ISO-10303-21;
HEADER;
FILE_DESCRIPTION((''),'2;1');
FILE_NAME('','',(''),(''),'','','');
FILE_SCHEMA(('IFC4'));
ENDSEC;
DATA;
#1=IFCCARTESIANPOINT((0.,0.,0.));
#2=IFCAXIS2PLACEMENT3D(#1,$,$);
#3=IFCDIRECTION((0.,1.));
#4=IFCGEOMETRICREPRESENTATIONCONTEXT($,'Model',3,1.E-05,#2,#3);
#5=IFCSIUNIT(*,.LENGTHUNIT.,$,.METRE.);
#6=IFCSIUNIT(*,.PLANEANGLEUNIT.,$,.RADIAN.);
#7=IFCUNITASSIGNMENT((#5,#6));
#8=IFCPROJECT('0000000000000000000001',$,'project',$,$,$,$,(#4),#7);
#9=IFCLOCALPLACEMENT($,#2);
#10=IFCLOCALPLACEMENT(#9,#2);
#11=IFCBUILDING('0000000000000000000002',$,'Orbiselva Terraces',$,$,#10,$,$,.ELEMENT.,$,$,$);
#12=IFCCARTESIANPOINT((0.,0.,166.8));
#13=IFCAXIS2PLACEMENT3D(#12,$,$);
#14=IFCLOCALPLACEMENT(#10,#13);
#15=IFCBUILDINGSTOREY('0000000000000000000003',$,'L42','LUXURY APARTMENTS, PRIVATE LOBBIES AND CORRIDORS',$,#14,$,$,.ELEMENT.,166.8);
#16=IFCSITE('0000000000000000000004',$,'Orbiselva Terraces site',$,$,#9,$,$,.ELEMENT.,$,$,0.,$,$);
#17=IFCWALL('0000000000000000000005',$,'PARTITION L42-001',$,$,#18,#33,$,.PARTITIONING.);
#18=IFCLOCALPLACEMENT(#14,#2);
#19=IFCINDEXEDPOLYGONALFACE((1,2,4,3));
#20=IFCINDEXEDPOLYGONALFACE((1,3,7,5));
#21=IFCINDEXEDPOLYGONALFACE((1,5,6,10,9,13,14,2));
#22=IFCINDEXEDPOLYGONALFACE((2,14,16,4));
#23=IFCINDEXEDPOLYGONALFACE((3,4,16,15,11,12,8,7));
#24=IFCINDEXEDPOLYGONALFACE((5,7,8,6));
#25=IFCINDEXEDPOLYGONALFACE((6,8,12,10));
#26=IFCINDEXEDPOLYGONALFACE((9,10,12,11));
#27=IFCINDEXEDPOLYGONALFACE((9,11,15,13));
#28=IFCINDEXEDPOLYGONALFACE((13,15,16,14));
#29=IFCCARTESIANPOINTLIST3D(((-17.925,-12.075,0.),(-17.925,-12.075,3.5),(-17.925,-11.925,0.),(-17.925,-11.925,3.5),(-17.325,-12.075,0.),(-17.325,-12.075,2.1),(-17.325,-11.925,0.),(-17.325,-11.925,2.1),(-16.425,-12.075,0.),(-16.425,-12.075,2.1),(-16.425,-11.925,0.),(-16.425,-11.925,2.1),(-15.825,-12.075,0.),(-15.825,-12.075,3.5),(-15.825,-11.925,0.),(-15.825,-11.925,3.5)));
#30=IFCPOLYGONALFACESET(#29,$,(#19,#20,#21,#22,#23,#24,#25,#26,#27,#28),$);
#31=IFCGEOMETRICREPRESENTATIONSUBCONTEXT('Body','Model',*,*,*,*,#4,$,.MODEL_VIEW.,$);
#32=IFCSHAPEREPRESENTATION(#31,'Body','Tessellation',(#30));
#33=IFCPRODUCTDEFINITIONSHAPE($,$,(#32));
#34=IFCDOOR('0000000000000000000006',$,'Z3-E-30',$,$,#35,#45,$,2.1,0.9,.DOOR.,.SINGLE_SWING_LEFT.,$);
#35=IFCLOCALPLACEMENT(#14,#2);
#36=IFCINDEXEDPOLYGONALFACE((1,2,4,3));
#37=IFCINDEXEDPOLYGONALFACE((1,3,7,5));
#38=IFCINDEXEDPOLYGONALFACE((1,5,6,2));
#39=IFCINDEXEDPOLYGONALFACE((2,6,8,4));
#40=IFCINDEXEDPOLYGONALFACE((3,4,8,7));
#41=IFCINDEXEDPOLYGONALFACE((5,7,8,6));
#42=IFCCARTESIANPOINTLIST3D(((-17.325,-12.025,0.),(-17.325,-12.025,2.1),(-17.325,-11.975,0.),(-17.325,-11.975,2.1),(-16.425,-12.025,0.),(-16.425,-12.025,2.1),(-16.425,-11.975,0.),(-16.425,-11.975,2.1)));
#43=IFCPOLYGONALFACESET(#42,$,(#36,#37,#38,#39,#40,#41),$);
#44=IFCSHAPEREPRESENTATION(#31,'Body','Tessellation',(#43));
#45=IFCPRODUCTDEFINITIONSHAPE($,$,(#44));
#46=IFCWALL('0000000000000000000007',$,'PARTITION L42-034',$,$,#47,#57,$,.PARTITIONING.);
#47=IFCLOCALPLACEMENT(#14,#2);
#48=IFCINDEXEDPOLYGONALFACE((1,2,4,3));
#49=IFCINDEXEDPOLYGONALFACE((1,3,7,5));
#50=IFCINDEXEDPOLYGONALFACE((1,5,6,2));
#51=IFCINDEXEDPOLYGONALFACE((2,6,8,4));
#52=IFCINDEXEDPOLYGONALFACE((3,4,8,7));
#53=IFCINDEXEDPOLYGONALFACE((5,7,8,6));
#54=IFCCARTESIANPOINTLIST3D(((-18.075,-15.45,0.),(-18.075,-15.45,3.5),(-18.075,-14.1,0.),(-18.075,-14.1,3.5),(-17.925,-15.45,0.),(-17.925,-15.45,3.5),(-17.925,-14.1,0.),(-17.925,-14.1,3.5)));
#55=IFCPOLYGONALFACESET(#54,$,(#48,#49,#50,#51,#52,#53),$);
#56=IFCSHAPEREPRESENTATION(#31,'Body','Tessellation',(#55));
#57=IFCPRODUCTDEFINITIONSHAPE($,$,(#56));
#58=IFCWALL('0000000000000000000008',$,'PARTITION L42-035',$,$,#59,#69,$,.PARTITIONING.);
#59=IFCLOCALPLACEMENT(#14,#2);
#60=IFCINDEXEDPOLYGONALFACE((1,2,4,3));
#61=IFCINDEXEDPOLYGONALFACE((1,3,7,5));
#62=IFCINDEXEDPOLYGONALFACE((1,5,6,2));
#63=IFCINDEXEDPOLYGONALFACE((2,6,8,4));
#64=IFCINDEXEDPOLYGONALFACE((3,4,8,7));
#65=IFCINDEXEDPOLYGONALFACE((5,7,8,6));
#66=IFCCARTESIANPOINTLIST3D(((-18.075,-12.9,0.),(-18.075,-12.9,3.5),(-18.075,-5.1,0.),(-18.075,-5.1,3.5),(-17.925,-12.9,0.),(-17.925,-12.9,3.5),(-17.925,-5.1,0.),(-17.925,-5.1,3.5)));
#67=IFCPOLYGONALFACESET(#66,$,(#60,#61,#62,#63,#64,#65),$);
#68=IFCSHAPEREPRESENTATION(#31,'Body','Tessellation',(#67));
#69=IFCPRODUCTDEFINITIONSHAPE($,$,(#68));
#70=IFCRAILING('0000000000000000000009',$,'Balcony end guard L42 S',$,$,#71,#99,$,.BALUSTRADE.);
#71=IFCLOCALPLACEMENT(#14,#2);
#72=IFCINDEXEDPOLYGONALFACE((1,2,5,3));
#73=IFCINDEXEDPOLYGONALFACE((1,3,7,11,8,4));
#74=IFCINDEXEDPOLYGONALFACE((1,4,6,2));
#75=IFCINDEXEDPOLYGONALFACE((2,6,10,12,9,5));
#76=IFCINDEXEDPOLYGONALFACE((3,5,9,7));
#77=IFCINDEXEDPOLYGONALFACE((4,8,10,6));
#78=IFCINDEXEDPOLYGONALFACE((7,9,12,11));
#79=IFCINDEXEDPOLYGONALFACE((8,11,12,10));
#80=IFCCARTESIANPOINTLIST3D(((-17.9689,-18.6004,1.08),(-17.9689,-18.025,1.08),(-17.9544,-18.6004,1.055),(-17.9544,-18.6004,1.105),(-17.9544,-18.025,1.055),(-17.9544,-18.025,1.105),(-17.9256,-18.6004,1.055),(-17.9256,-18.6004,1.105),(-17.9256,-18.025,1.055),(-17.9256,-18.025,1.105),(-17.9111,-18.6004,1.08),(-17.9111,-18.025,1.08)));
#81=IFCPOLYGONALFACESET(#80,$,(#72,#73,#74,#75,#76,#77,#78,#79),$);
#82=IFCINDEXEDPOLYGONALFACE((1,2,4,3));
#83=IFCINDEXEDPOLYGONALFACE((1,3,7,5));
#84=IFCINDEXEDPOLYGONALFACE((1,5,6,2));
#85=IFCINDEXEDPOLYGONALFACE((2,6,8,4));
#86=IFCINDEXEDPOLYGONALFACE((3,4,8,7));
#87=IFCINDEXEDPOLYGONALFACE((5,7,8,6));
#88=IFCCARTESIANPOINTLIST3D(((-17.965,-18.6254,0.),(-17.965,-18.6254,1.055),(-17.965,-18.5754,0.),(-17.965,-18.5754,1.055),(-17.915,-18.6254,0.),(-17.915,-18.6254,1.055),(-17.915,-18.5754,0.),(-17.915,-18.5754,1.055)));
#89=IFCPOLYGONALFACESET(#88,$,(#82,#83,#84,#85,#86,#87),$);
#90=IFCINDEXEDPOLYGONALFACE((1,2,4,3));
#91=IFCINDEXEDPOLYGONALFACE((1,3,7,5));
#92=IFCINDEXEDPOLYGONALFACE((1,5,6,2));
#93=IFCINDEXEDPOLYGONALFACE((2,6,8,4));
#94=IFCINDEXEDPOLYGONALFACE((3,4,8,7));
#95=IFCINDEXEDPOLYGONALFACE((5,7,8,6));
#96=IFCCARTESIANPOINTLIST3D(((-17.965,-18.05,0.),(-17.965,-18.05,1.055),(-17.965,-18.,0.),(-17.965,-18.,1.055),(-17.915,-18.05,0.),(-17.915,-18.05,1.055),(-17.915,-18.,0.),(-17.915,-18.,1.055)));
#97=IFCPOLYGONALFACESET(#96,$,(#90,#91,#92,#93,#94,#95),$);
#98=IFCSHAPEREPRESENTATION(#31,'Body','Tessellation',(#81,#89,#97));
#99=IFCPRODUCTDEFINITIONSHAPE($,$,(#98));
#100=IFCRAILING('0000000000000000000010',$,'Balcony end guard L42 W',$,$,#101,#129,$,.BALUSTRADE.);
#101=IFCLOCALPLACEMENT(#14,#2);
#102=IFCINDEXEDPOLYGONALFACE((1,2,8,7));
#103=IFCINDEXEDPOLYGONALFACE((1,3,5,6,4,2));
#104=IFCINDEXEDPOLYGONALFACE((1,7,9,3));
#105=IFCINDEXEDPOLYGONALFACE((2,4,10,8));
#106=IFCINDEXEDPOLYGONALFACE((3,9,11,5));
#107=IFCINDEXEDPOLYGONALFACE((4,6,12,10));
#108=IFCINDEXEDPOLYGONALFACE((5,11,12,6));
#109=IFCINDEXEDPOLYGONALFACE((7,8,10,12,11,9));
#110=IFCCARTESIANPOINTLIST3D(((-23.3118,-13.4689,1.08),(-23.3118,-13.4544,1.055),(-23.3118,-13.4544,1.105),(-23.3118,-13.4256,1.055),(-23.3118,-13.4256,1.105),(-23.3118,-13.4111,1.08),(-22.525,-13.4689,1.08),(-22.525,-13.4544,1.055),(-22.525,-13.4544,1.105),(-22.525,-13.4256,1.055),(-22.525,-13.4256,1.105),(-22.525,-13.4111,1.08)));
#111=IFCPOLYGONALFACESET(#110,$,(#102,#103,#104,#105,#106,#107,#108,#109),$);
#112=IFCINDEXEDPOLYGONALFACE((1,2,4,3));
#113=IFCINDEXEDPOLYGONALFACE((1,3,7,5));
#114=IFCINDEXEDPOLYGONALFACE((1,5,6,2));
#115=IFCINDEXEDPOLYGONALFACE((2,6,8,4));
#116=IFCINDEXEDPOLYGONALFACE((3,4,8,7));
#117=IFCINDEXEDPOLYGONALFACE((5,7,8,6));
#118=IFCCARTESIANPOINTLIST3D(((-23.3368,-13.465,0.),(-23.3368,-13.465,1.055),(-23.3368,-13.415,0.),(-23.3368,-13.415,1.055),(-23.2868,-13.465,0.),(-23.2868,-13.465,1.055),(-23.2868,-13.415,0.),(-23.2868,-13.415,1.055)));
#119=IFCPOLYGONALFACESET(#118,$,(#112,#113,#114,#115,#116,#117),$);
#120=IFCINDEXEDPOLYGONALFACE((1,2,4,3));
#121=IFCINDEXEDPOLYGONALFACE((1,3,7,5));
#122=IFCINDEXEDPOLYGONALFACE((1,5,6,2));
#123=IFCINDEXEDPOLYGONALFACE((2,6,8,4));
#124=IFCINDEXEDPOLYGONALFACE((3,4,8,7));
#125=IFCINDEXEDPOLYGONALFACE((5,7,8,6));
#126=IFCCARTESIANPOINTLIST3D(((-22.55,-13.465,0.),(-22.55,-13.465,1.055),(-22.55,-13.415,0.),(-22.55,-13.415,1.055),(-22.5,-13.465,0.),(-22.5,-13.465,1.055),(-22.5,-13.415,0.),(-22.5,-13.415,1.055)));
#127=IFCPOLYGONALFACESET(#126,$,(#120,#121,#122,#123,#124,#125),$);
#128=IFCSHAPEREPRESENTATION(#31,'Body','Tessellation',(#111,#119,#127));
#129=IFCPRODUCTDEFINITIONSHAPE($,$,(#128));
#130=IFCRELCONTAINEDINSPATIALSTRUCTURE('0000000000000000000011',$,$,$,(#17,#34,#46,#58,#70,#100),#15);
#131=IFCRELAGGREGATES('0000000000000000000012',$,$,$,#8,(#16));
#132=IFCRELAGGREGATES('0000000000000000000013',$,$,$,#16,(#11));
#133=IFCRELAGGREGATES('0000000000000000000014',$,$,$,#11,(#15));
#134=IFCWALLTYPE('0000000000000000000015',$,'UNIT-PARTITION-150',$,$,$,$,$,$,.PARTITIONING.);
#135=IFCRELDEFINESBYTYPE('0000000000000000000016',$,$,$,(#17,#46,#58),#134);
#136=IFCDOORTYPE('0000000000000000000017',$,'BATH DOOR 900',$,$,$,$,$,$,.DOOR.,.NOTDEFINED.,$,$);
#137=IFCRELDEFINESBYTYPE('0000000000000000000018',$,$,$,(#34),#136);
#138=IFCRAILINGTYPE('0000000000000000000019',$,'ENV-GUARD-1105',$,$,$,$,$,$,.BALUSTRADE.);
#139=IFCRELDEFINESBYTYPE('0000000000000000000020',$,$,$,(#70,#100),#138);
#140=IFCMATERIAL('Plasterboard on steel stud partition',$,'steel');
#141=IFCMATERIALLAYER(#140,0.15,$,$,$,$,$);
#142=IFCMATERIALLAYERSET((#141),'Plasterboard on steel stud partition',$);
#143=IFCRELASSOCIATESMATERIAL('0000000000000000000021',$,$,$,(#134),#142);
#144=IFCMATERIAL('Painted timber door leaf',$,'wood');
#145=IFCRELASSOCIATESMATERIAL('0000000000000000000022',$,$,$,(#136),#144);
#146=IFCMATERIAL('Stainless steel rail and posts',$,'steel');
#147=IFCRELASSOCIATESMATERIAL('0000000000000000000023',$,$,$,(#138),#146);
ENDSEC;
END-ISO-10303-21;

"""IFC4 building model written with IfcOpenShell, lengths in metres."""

from ifc_helpers import new_model, si_unit, direction, frame, frame_2d, origin, origin_2d, place, context, subcontext, project, spatial, polyline, rectangle, outline, extrude, material, layer, layer_set, type_object, element, fill, save


model = new_model("IFC4")

# Units and contexts
model_context = context("Model", 3, precision=1e-05, world=origin(), true_north=direction((0.0, 1.0)))
body_context = subcontext(model_context, "Body", "Model", "MODEL_VIEW")
ifc_project = project(units=[si_unit("LENGTHUNIT", "METRE"), si_unit("PLANEANGLEUNIT", "RADIAN")], contexts=[model_context])

# Site, building, storey
site_placement = place(None, origin())
site = spatial("IfcSite", under=ifc_project, at=site_placement, Name="Orbiselva Terraces site", CompositionType="ELEMENT", RefElevation=0.0)
building_placement = place(site_placement, origin())
building = spatial("IfcBuilding", under=site, at=building_placement, Name="Orbiselva Terraces", CompositionType="ELEMENT")
storey_placement = place(building_placement, frame((0.0, 0.0, 166.8)))
storey = spatial("IfcBuildingStorey", under=building, at=storey_placement, Name="L42", Description="LUXURY APARTMENTS, PRIVATE LOBBIES AND CORRIDORS", CompositionType="ELEMENT", Elevation=166.8)

# Wall, opening, door
ifc_material_1 = material(Name="Plasterboard on steel stud partition", Category="steel")
ifc_layer_1 = layer(ifc_material_1, 0.15)
ifc_layer_set_1 = layer_set([ifc_layer_1], Name="Plasterboard on steel stud partition")
wall_type_1 = type_object("IfcWallType", Name="UNIT-PARTITION-150", PredefinedType="PARTITIONING", material=ifc_layer_set_1)
wall_1_placement = place(storey_placement, frame((-17.925, -12.0, 0.0), z_axis=(0.0, 0.0, 1.0), x_axis=(1.0, 0.0, 0.0)))
wall_1 = element("IfcWall", 1, at=wall_1_placement, inside=storey, type_object=wall_type_1, Name="PARTITION L42-001", PredefinedType="PARTITIONING", context=body_context, shape_type="SweptSolid", body=[
    extrude(rectangle(XDim=2.1, YDim=0.15, at=frame_2d((1.05, 0.0))), origin(), (0.0, 0.0, 1.0), 3.5),
])
opening_1_placement = place(wall_1_placement, frame((0.6, 0.0, 0.0)))
opening_1 = element("IfcOpeningElement", 2, at=opening_1_placement, cuts=wall_1, PredefinedType="OPENING", context=body_context, shape_type="SweptSolid", body=[
    extrude(rectangle(XDim=0.9, YDim=2.1, at=frame_2d((0.45, 1.05))), frame((0.0, 0.085, 0.0), z_axis=(0.0, -1.0, 0.0), x_axis=(1.0, 0.0, 0.0)), (0.0, 0.0, 1.0), 0.17),
])
ifc_material_2 = material(Name="Painted timber door leaf", Category="wood")
door_type_1 = type_object("IfcDoorType", Name="BATH DOOR 900", OperationType="NOTDEFINED", PredefinedType="DOOR", material=ifc_material_2)
door_1_placement = place(opening_1_placement, origin())
door_1 = element("IfcDoor", 3, at=door_1_placement, inside=storey, type_object=door_type_1, Name="Z3-E-30", OperationType="SINGLE_SWING_LEFT", OverallHeight=2.1, OverallWidth=0.9, PredefinedType="DOOR", context=body_context, shape_type="SweptSolid", body=[
    extrude(rectangle(XDim=0.9, YDim=2.1, at=frame_2d((0.45, 1.05))), frame((0.0, 0.025, 0.0), z_axis=(0.0, -1.0, 0.0), x_axis=(1.0, 0.0, 0.0)), (0.0, 0.0, 1.0), 0.05),
])
fill(opening_1, door_1)

# Walls
wall_2_placement = place(storey_placement, frame((-18.0, -15.45, 0.0), z_axis=(0.0, 0.0, 1.0), x_axis=(0.0, 1.0, 0.0)))
element("IfcWall", 4, at=wall_2_placement, inside=storey, type_object=wall_type_1, Name="PARTITION L42-034", PredefinedType="PARTITIONING", context=body_context, shape_type="SweptSolid", body=[
    extrude(rectangle(XDim=1.35, YDim=0.15, at=frame_2d((0.675, 0.0))), origin(), (0.0, 0.0, 1.0), 3.5),
])
wall_3_placement = place(storey_placement, frame((-18.0, -12.9, 0.0), z_axis=(0.0, 0.0, 1.0), x_axis=(0.0, 1.0, 0.0)))
element("IfcWall", 5, at=wall_3_placement, inside=storey, type_object=wall_type_1, Name="PARTITION L42-035", PredefinedType="PARTITIONING", context=body_context, shape_type="SweptSolid", body=[
    extrude(rectangle(XDim=7.8, YDim=0.15, at=frame_2d((3.9, 0.0))), origin(), (0.0, 0.0, 1.0), 3.5),
])

# Railings
ifc_material_3 = material(Name="Stainless steel rail and posts", Category="steel")
railing_type_1 = type_object("IfcRailingType", Name="ENV-GUARD-1105", PredefinedType="BALUSTRADE", material=ifc_material_3)
railing_1_placement = place(storey_placement, frame((-17.94, -18.6004, 0.0)))
element("IfcRailing", 6, at=railing_1_placement, inside=storey, type_object=railing_type_1, Name="Balcony end guard L42 S", PredefinedType="BALUSTRADE", context=body_context, shape_type="SweptSolid", body=[
    extrude(outline(polyline([(0.0289, 0.0), (0.0144, 0.025), (-0.0144, 0.025), (-0.0289, 0.0), (-0.0144, -0.025), (0.0144, -0.025), (0.0289, 0.0)])), frame((0.0, 0.0, 1.08), z_axis=(0.0, 1.0, 0.0), x_axis=(-1.0, 0.0, 0.0)), (0.0, 0.0, 1.0), 0.5754),
    extrude(rectangle(XDim=0.05, YDim=0.05, at=origin_2d()), origin(), (0.0, 0.0, 1.0), 1.055),
    extrude(rectangle(XDim=0.05, YDim=0.05, at=origin_2d()), frame((0.0, 0.5754, 0.0)), (0.0, 0.0, 1.0), 1.055),
])
railing_2_placement = place(storey_placement, frame((-23.3118, -13.44, 0.0)))
element("IfcRailing", 7, at=railing_2_placement, inside=storey, type_object=railing_type_1, Name="Balcony end guard L42 W", PredefinedType="BALUSTRADE", context=body_context, shape_type="SweptSolid", body=[
    extrude(outline(polyline([(0.0289, 0.0), (0.0144, 0.025), (-0.0144, 0.025), (-0.0289, 0.0), (-0.0144, -0.025), (0.0144, -0.025), (0.0289, 0.0)])), frame((0.0, 0.0, 1.08), z_axis=(1.0, 0.0, 0.0), x_axis=(0.0, 1.0, 0.0)), (0.0, 0.0, 1.0), 0.7868),
    extrude(rectangle(XDim=0.05, YDim=0.05, at=origin_2d()), origin(), (0.0, 0.0, 1.0), 1.055),
    extrude(rectangle(XDim=0.05, YDim=0.05, at=origin_2d()), frame((0.7868, 0.0, 0.0)), (0.0, 0.0, 1.0), 1.055),
])

save(model, "model.ifc")
